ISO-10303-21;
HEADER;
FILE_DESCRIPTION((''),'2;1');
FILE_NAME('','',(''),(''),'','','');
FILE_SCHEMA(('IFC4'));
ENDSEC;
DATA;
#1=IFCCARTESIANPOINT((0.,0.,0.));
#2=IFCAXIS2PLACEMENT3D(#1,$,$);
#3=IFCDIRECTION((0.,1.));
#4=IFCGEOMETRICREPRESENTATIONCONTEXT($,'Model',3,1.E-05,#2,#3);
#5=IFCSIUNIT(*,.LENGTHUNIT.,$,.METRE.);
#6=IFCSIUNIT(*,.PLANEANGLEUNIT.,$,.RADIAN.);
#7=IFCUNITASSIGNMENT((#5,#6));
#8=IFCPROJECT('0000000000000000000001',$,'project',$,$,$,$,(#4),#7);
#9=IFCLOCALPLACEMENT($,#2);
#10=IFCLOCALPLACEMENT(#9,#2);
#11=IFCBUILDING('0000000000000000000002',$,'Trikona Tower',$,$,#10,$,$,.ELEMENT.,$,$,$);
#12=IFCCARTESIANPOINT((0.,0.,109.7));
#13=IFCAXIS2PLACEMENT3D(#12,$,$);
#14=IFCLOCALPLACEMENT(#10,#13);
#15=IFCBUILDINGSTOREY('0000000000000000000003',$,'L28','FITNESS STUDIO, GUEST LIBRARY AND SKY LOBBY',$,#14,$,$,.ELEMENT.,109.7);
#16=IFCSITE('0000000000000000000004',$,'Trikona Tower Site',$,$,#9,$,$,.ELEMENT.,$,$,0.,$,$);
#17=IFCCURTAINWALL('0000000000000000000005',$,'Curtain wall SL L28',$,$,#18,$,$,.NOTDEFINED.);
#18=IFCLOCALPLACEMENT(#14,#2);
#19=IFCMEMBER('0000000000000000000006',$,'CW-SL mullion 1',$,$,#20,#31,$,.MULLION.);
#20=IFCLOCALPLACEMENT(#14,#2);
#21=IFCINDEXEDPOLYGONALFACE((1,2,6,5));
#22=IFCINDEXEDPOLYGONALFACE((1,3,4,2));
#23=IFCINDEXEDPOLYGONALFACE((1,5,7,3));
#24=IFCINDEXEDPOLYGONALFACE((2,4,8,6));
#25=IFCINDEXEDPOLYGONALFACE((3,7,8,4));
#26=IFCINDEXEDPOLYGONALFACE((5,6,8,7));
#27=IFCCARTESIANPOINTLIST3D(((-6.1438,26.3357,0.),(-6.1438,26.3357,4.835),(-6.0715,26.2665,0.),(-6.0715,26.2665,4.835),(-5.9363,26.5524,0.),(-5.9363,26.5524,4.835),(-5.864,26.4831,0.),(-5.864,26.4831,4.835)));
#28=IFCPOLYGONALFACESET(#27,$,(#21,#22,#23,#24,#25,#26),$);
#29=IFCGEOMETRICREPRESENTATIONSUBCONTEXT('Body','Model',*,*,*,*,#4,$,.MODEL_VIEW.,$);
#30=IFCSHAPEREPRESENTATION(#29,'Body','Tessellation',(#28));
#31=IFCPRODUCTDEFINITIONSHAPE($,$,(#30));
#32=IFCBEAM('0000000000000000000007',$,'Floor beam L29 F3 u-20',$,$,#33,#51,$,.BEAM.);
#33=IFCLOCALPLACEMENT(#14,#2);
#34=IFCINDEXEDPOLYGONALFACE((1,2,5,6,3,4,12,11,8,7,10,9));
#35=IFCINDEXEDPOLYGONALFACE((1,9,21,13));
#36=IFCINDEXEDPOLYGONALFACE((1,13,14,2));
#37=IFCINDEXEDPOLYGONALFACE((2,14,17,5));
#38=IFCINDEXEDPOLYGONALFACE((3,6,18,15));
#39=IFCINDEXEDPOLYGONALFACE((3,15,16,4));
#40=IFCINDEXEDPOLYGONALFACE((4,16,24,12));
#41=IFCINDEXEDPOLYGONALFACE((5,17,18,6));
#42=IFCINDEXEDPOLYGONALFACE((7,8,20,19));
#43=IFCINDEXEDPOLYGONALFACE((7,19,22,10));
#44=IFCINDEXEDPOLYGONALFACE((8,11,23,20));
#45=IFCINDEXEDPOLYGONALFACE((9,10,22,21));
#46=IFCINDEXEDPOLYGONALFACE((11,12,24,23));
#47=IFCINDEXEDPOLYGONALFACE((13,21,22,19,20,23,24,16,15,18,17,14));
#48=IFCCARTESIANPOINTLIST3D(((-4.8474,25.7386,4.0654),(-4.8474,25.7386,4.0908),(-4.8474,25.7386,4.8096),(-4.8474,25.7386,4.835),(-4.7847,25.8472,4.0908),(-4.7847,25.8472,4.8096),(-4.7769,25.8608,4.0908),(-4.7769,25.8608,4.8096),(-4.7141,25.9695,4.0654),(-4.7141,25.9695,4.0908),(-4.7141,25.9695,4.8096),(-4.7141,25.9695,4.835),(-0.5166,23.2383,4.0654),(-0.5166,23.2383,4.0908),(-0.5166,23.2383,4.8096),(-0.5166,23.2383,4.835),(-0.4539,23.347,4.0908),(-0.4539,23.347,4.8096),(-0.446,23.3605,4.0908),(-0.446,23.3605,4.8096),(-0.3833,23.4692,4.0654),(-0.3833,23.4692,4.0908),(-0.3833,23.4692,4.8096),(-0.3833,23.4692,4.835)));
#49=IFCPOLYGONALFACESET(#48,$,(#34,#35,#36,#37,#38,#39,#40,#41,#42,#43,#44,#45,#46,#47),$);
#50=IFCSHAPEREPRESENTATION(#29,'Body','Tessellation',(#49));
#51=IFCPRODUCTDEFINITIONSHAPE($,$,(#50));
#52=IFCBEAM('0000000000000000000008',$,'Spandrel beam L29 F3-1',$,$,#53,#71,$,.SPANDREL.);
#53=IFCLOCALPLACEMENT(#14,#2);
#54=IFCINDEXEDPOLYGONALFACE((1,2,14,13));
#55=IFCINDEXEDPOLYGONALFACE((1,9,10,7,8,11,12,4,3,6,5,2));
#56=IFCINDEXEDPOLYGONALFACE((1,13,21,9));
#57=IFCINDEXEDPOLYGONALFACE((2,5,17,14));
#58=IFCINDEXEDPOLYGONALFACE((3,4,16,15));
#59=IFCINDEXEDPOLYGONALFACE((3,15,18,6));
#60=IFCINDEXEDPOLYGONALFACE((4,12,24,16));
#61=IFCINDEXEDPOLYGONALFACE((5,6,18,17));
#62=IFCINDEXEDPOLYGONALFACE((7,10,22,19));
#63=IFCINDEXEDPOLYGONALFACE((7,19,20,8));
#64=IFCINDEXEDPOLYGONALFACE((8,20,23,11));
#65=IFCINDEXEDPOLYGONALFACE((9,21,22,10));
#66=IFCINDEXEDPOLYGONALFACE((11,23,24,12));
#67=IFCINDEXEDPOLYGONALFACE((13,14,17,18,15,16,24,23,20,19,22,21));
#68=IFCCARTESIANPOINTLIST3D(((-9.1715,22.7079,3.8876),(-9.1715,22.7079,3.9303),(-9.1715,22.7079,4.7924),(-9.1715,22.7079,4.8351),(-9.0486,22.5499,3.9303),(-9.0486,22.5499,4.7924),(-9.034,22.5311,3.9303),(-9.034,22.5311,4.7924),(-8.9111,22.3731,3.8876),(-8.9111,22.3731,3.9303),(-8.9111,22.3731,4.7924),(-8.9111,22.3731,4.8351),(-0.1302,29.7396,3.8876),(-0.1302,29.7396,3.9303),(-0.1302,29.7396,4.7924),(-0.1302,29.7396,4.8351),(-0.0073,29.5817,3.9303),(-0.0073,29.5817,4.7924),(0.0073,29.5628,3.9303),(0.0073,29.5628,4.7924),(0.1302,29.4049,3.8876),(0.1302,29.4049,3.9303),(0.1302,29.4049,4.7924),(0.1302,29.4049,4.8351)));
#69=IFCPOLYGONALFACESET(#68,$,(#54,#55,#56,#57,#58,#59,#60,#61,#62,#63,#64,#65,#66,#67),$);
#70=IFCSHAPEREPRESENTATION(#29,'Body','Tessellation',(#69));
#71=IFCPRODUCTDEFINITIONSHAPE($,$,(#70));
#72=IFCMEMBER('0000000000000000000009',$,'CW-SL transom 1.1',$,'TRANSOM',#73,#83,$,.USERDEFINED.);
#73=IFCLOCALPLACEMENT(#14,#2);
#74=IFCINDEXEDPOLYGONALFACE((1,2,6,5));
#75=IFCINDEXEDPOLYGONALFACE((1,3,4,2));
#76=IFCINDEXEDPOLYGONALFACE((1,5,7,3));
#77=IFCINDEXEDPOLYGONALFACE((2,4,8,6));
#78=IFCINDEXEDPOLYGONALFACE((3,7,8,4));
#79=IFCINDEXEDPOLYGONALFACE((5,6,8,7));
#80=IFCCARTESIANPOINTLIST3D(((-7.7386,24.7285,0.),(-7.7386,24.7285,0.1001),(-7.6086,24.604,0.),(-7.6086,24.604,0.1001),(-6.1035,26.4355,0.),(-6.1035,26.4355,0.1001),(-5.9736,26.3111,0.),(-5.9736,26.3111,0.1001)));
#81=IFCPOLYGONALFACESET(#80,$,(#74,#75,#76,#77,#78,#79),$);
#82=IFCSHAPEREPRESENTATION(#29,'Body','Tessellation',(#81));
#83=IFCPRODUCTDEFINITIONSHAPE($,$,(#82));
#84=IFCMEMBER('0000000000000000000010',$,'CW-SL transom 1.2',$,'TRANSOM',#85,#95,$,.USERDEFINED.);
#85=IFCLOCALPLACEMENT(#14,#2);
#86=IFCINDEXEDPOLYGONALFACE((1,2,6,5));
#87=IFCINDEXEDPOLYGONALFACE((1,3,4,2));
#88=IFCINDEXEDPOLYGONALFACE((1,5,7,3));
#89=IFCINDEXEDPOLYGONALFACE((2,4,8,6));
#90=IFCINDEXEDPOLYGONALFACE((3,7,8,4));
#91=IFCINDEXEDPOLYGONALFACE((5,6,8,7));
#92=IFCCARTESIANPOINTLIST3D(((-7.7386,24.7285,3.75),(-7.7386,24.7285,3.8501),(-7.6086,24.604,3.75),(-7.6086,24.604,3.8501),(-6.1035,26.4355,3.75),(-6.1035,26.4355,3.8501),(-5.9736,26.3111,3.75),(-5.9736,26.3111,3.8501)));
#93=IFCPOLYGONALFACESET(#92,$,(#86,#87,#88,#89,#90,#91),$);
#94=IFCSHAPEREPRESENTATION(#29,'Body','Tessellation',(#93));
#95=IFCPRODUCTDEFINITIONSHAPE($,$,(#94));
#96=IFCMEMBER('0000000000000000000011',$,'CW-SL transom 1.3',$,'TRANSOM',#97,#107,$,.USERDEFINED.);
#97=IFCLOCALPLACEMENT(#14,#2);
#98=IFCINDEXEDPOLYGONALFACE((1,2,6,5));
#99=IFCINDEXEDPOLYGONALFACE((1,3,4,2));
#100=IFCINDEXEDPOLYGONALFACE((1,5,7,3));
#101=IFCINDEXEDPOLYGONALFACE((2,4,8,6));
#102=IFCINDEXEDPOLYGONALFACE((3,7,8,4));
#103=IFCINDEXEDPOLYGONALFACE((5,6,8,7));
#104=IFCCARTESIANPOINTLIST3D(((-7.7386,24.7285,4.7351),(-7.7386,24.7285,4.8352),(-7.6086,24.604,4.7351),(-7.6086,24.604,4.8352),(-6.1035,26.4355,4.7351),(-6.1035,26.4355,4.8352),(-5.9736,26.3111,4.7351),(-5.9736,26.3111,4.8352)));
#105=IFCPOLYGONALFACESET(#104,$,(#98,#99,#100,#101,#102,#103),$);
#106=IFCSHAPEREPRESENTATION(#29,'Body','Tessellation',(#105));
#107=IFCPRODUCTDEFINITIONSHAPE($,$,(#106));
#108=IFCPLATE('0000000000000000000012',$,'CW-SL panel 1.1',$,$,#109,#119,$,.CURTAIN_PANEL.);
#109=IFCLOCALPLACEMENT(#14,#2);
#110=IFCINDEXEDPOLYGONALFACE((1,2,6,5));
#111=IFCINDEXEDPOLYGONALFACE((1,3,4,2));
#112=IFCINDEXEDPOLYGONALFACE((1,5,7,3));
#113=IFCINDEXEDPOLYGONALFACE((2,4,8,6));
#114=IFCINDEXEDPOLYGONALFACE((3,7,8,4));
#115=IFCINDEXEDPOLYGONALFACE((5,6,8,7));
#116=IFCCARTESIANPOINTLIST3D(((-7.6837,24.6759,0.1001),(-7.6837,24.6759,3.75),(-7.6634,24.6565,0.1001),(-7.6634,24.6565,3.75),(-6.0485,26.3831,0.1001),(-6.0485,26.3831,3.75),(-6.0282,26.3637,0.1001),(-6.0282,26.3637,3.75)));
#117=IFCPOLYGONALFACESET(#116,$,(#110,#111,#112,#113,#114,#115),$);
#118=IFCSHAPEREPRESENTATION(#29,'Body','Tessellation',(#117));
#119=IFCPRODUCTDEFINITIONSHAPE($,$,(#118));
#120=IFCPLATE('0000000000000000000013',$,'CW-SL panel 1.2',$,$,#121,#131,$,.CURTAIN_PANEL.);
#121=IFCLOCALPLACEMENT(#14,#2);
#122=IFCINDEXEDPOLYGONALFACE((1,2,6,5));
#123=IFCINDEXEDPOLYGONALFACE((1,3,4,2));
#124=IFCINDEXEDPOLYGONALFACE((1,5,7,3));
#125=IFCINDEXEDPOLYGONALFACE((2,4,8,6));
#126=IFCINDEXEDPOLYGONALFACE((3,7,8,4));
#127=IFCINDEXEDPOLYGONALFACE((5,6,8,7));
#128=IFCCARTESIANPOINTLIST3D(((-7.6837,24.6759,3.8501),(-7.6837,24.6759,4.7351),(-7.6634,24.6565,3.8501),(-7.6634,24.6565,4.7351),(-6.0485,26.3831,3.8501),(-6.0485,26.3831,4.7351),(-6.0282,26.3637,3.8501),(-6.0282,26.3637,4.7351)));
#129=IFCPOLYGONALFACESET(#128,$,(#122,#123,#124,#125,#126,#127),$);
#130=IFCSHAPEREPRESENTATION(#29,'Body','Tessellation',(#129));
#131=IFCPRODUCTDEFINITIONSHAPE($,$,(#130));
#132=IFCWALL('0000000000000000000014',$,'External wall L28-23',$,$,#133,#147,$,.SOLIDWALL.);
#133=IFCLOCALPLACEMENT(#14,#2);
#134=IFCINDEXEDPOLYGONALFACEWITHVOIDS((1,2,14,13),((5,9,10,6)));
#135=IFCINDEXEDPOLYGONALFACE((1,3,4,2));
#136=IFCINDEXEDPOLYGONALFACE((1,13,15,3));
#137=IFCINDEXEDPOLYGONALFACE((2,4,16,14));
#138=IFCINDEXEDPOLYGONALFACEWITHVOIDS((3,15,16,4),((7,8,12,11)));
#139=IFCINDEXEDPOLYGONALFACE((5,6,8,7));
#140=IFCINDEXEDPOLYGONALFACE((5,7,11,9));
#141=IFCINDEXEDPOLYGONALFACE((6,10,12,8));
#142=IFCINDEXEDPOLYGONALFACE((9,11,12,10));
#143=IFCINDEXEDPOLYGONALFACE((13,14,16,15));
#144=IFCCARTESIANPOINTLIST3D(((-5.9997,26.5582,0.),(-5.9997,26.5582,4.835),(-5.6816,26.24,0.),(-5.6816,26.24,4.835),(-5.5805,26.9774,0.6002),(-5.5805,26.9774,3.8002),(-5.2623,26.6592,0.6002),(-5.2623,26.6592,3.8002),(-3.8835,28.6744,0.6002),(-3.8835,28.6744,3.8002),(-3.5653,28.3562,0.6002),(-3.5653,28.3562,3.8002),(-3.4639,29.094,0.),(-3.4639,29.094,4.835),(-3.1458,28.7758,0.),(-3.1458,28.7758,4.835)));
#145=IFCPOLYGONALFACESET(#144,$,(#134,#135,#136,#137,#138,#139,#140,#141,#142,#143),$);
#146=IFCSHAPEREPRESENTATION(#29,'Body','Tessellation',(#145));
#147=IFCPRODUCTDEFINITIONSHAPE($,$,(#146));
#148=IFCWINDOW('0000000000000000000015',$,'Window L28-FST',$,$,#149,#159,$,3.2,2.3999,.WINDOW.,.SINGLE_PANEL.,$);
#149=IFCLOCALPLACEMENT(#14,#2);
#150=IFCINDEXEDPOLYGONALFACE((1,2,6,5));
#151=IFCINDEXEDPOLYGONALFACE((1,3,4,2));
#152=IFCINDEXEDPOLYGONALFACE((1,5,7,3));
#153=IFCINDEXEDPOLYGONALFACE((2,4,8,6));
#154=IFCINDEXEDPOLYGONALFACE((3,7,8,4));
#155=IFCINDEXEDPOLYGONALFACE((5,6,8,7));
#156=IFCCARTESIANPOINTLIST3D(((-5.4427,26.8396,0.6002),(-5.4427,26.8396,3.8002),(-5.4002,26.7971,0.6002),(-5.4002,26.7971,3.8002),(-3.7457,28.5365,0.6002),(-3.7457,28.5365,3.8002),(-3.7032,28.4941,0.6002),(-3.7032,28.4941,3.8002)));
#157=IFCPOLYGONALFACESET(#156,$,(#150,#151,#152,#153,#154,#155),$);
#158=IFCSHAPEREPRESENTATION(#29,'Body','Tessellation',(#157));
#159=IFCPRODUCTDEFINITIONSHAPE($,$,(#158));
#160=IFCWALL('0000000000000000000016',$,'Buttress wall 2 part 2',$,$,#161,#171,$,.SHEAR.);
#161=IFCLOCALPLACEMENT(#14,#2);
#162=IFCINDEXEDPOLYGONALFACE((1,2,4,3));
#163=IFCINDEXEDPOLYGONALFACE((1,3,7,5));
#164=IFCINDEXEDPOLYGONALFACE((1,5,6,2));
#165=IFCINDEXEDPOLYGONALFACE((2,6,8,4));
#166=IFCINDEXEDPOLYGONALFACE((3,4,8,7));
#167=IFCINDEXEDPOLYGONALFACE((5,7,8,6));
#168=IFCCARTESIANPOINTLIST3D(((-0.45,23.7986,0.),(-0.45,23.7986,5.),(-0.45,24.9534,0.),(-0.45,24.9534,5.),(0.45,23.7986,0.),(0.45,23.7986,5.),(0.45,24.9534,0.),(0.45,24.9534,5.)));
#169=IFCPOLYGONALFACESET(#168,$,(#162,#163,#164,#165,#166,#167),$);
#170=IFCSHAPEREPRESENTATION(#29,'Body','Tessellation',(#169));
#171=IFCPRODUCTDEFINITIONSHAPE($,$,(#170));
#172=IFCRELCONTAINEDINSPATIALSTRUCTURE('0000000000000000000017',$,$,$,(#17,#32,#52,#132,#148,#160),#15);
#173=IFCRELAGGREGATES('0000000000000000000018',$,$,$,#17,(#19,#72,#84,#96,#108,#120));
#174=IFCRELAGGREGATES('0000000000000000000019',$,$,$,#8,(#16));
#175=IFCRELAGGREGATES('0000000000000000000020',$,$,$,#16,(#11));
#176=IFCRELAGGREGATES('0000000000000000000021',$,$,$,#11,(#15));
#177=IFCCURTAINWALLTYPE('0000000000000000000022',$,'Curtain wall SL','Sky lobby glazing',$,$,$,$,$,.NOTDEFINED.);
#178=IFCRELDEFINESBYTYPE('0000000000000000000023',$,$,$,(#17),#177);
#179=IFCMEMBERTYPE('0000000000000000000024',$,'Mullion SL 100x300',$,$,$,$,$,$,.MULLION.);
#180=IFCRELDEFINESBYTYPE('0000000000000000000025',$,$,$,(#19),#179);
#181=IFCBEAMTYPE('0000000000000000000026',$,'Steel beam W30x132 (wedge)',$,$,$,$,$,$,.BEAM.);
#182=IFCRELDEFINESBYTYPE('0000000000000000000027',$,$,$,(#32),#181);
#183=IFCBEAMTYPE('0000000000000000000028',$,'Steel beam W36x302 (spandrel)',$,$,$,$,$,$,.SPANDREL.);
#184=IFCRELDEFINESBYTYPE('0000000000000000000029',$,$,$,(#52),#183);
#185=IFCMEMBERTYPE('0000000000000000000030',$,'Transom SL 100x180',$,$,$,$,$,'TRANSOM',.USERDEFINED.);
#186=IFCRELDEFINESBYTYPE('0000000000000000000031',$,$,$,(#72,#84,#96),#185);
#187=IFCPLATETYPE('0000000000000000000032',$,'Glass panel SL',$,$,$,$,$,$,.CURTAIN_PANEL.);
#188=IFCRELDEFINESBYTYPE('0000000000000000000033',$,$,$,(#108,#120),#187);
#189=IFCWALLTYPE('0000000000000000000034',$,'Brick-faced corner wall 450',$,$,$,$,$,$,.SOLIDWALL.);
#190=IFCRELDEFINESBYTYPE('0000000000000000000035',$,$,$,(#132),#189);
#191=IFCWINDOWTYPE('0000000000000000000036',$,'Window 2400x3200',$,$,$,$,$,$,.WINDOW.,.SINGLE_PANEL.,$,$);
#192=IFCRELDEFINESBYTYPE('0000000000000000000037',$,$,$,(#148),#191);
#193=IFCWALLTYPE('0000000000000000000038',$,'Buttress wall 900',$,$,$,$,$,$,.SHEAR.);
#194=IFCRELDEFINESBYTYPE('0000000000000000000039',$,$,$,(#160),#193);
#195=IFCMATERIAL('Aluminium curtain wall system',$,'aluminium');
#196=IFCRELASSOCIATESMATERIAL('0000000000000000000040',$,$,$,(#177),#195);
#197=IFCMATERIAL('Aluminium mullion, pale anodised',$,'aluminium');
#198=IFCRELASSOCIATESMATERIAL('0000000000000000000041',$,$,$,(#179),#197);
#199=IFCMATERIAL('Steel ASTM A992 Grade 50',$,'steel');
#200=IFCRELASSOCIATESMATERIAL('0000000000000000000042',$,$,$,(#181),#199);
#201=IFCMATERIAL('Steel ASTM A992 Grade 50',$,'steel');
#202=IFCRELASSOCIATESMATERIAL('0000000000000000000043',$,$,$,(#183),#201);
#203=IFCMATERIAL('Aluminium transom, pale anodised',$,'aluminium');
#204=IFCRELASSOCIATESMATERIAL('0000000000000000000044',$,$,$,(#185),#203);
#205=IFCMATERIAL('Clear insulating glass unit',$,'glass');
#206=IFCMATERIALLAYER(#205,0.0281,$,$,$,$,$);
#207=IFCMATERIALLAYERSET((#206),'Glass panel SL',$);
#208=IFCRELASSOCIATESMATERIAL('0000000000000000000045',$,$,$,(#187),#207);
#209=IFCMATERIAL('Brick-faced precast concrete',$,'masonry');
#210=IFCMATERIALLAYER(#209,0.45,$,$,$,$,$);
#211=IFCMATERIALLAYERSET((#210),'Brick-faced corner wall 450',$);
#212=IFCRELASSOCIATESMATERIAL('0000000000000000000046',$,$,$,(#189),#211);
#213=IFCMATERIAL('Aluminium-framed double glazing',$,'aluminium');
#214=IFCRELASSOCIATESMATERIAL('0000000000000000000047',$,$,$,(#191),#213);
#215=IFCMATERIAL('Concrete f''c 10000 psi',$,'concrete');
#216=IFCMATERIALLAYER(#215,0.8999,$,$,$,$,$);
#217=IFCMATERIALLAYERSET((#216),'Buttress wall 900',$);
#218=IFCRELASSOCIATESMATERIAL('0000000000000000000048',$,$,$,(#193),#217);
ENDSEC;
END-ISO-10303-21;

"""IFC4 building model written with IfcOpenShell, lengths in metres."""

from ifc_helpers import new_model, si_unit, direction, frame, frame_2d, origin, origin_2d, place, context, subcontext, project, spatial, rectangle, i_section, extrude, material, layer, layer_set, material_profile, profile_set, type_object, element, fill, aggregate, save


model = new_model("IFC4")

# Units and contexts
model_context = context("Model", 3, precision=1e-05, world=origin(), true_north=direction((0.0, 1.0)))
body_context = subcontext(model_context, "Body", "Model", "MODEL_VIEW")
ifc_project = project(units=[si_unit("LENGTHUNIT", "METRE"), si_unit("PLANEANGLEUNIT", "RADIAN")], contexts=[model_context])

# Site, building, storey
site_placement = place(None, origin())
site = spatial("IfcSite", under=ifc_project, at=site_placement, Name="Trikona Tower Site", CompositionType="ELEMENT", RefElevation=0.0)
building_placement = place(site_placement, origin())
building = spatial("IfcBuilding", under=site, at=building_placement, Name="Trikona Tower", CompositionType="ELEMENT")
storey_placement = place(building_placement, frame((0.0, 0.0, 109.7)))
storey = spatial("IfcBuildingStorey", under=building, at=storey_placement, Name="L28", Description="FITNESS STUDIO, GUEST LIBRARY AND SKY LOBBY", CompositionType="ELEMENT", Elevation=109.7)

# Curtain wall, member
ifc_material_1 = material(Name="Aluminium curtain wall system", Category="aluminium")
curtain_wall_type = type_object("IfcCurtainWallType", Name="Curtain wall SL", Description="Sky lobby glazing", PredefinedType="NOTDEFINED", material=ifc_material_1)
curtain_wall_placement = place(storey_placement, origin())
curtain_wall = element("IfcCurtainWall", 1, at=curtain_wall_placement, inside=storey, type_object=curtain_wall_type, Name="Curtain wall SL L28", PredefinedType="NOTDEFINED")
ifc_material_2 = material(Name="Aluminium mullion, pale anodised", Category="aluminium")
ifc_material_profile_1 = material_profile(ifc_material_2, rectangle(XDim=0.1001, YDim=0.3, at=origin_2d()), Name="MUL-SL")
ifc_profile_set_1 = profile_set([ifc_material_profile_1], Name="Aluminium mullion, pale anodised")
member_type_1 = type_object("IfcMemberType", Name="Mullion SL 100x300", PredefinedType="MULLION", material=ifc_profile_set_1)
member_1_placement = place(storey_placement, frame((-6.0039, 26.4094, 0.0), z_axis=(0.0, 0.0, 1.0), x_axis=(0.722158, -0.691728, 0.0)))
member_1 = element("IfcMember", 2, at=member_1_placement, type_object=member_type_1, Name="CW-SL mullion 1", PredefinedType="MULLION", context=body_context, shape_type="SweptSolid", body=[
    extrude(rectangle(XDim=0.1001, YDim=0.3, at=origin_2d()), origin(), (0.0, 0.0, 1.0), 4.835),
])

# Beams
ifc_material_3 = material(Name="Steel ASTM A992 Grade 50", Category="steel")
ifc_material_profile_2 = material_profile(ifc_material_3, i_section(OverallWidth=0.2666, OverallDepth=0.7695, WebThickness=0.0156, FlangeThickness=0.0254, at=origin_2d()), Name="W30X132")
ifc_profile_set_2 = profile_set([ifc_material_profile_2], Name="Steel ASTM A992 Grade 50")
beam_type_1 = type_object("IfcBeamType", Name="Steel beam W30x132 (wedge)", PredefinedType="BEAM", material=ifc_profile_set_2)
beam_1_placement = place(storey_placement, frame((-0.45, 23.3538, 4.4502), z_axis=(-0.866038, 0.499977, 0.0), x_axis=(-0.499977, -0.866038, 0.0)))
element("IfcBeam", 3, at=beam_1_placement, inside=storey, type_object=beam_type_1, Name="Floor beam L29 F3 u-20", PredefinedType="BEAM", context=body_context, shape_type="SweptSolid", body=[
    extrude(i_section(OverallWidth=0.2666, OverallDepth=0.7695, WebThickness=0.0156, FlangeThickness=0.0254, at=origin_2d()), origin(), (0.0, 0.0, 1.0), 5.0007),
])
ifc_material_4 = material(Name="Steel ASTM A992 Grade 50", Category="steel")
ifc_material_profile_3 = material_profile(ifc_material_4, i_section(OverallWidth=0.4241, OverallDepth=0.9475, WebThickness=0.0239, FlangeThickness=0.0427, at=origin_2d()), Name="W36X302")
ifc_profile_set_3 = profile_set([ifc_material_profile_3], Name="Steel ASTM A992 Grade 50")
beam_type_2 = type_object("IfcBeamType", Name="Steel beam W36x302 (spandrel)", PredefinedType="SPANDREL", material=ifc_profile_set_3)
beam_2_placement = place(storey_placement, frame((0.0, 29.5723, 4.3613), z_axis=(-0.789367, -0.613921, 0.0), x_axis=(0.613921, -0.789367, 0.0)))
element("IfcBeam", 4, at=beam_2_placement, inside=storey, type_object=beam_type_2, Name="Spandrel beam L29 F3-1", PredefinedType="SPANDREL", context=body_context, shape_type="SweptSolid", body=[
    extrude(i_section(OverallWidth=0.4241, OverallDepth=0.9475, WebThickness=0.0239, FlangeThickness=0.0427, at=origin_2d()), origin(), (0.0, 0.0, 1.0), 11.4539),
])

# Members
ifc_material_5 = material(Name="Aluminium transom, pale anodised", Category="aluminium")
ifc_material_profile_4 = material_profile(ifc_material_5, rectangle(XDim=0.1799, YDim=0.1001, at=origin_2d()), Name="TRN-SL")
ifc_profile_set_4 = profile_set([ifc_material_profile_4], Name="Aluminium transom, pale anodised")
member_type_2 = type_object("IfcMemberType", Name="Transom SL 100x180", ElementType="TRANSOM", PredefinedType="USERDEFINED", material=ifc_profile_set_4)
member_2_placement = place(storey_placement, frame((-6.0386, 26.3733, 0.05), z_axis=(-0.691708, -0.722177, 0.0), x_axis=(0.722177, -0.691708, 0.0)))
member_2 = element("IfcMember", 5, at=member_2_placement, type_object=member_type_2, Name="CW-SL transom 1.1", ObjectType="TRANSOM", PredefinedType="USERDEFINED", context=body_context, shape_type="SweptSolid", body=[
    extrude(rectangle(XDim=0.1799, YDim=0.1001, at=origin_2d()), origin(), (0.0, 0.0, 1.0), 2.3638),
])
member_3_placement = place(storey_placement, frame((-6.0386, 26.3733, 3.8), z_axis=(-0.691708, -0.722177, 0.0), x_axis=(0.722177, -0.691708, 0.0)))
member_3 = element("IfcMember", 6, at=member_3_placement, type_object=member_type_2, Name="CW-SL transom 1.2", ObjectType="TRANSOM", PredefinedType="USERDEFINED", context=body_context, shape_type="SweptSolid", body=[
    extrude(rectangle(XDim=0.1799, YDim=0.1001, at=origin_2d()), origin(), (0.0, 0.0, 1.0), 2.3638),
])
member_4_placement = place(storey_placement, frame((-6.0386, 26.3733, 4.7852), z_axis=(-0.691708, -0.722177, 0.0), x_axis=(0.722177, -0.691708, 0.0)))
member_4 = element("IfcMember", 7, at=member_4_placement, type_object=member_type_2, Name="CW-SL transom 1.3", ObjectType="TRANSOM", PredefinedType="USERDEFINED", context=body_context, shape_type="SweptSolid", body=[
    extrude(rectangle(XDim=0.1799, YDim=0.1001, at=origin_2d()), origin(), (0.0, 0.0, 1.0), 2.3638),
])

# Plates
ifc_material_6 = material(Name="Clear insulating glass unit", Category="glass")
ifc_layer_1 = layer(ifc_material_6, 0.0281)
ifc_layer_set_1 = layer_set([ifc_layer_1], Name="Glass panel SL")
plate_type = type_object("IfcPlateType", Name="Glass panel SL", PredefinedType="CURTAIN_PANEL", material=ifc_layer_set_1)
plate_1_placement = place(storey_placement, frame((-6.856, 25.5198, 0.1001), z_axis=(0.0, 0.0, 1.0), x_axis=(-0.691728, -0.722158, 0.0)))
plate_1 = element("IfcPlate", 8, at=plate_1_placement, type_object=plate_type, Name="CW-SL panel 1.1", PredefinedType="CURTAIN_PANEL", context=body_context, shape_type="SweptSolid", body=[
    extrude(rectangle(XDim=2.364, YDim=0.0281, at=origin_2d()), origin(), (0.0, 0.0, 1.0), 3.6499),
])
plate_2_placement = place(storey_placement, frame((-6.856, 25.5198, 3.8501), z_axis=(0.0, 0.0, 1.0), x_axis=(-0.691728, -0.722158, 0.0)))
plate_2 = element("IfcPlate", 9, at=plate_2_placement, type_object=plate_type, Name="CW-SL panel 1.2", PredefinedType="CURTAIN_PANEL", context=body_context, shape_type="SweptSolid", body=[
    extrude(rectangle(XDim=2.364, YDim=0.0281, at=origin_2d()), origin(), (0.0, 0.0, 1.0), 0.885),
])
aggregate(curtain_wall, [member_1, member_2, member_3, member_4, plate_1, plate_2])

# Wall, opening, window
ifc_material_7 = material(Name="Brick-faced precast concrete", Category="masonry")
ifc_layer_2 = layer(ifc_material_7, 0.45)
ifc_layer_set_2 = layer_set([ifc_layer_2], Name="Brick-faced corner wall 450")
wall_type_1 = type_object("IfcWallType", Name="Brick-faced corner wall 450", PredefinedType="SOLIDWALL", material=ifc_layer_set_2)
wall_1_placement = place(storey_placement, frame((-3.3049, 28.9348, 0.0), z_axis=(0.0, 0.0, 1.0), x_axis=(-0.707107, -0.707107, 0.0)))
wall_1 = element("IfcWall", 10, at=wall_1_placement, inside=storey, type_object=wall_type_1, Name="External wall L28-23", PredefinedType="SOLIDWALL", context=body_context, shape_type="SweptSolid", body=[
    extrude(rectangle(XDim=3.5862, YDim=0.45, at=frame_2d((1.793, 0.0))), origin(), (0.0, 0.0, 1.0), 4.835),
])
opening_1_placement = place(wall_1_placement, frame((0.5933, 0.0, 0.6001)))
opening_1 = element("IfcOpeningElement", 11, at=opening_1_placement, cuts=wall_1, PredefinedType="OPENING", context=body_context, shape_type="SweptSolid", body=[
    extrude(rectangle(XDim=2.3999, YDim=3.2, at=frame_2d((1.2, 1.6001))), frame((0.0, 0.2349, 0.0), z_axis=(0.0, -1.0, 0.0), x_axis=(1.0, 0.0, 0.0)), (0.0, 0.0, 1.0), 0.47),
])
ifc_material_8 = material(Name="Aluminium-framed double glazing", Category="aluminium")
window_type = type_object("IfcWindowType", Name="Window 2400x3200", PartitioningType="SINGLE_PANEL", PredefinedType="WINDOW", material=ifc_material_8)
window_placement = place(opening_1_placement, origin())
window = element("IfcWindow", 12, at=window_placement, inside=storey, type_object=window_type, Name="Window L28-FST", OverallHeight=3.2, OverallWidth=2.3999, PartitioningType="SINGLE_PANEL", PredefinedType="WINDOW", context=body_context, shape_type="SweptSolid", body=[
    extrude(rectangle(XDim=2.3999, YDim=3.2, at=frame_2d((1.2, 1.6001))), frame((0.0, 0.03, 0.0), z_axis=(0.0, -1.0, 0.0), x_axis=(1.0, 0.0, 0.0)), (0.0, 0.0, 1.0), 0.0601),
])
fill(opening_1, window)

# Wall
ifc_material_9 = material(Name="Concrete f'c 10000 psi", Category="concrete")
ifc_layer_3 = layer(ifc_material_9, 0.8999)
ifc_layer_set_3 = layer_set([ifc_layer_3], Name="Buttress wall 900")
wall_type_2 = type_object("IfcWallType", Name="Buttress wall 900", PredefinedType="SHEAR", material=ifc_layer_set_3)
wall_2_placement = place(storey_placement, frame((0.0, 23.7986, 0.0), z_axis=(0.0, 0.0, 1.0), x_axis=(0.0, 1.0, 0.0)))
element("IfcWall", 13, at=wall_2_placement, inside=storey, type_object=wall_type_2, Name="Buttress wall 2 part 2", PredefinedType="SHEAR", context=body_context, shape_type="SweptSolid", body=[
    extrude(rectangle(XDim=1.1548, YDim=0.8999, at=frame_2d((0.5774, 0.0))), origin(), (0.0, 0.0, 1.0), 5.0),
])

save(model, "model.ifc")
